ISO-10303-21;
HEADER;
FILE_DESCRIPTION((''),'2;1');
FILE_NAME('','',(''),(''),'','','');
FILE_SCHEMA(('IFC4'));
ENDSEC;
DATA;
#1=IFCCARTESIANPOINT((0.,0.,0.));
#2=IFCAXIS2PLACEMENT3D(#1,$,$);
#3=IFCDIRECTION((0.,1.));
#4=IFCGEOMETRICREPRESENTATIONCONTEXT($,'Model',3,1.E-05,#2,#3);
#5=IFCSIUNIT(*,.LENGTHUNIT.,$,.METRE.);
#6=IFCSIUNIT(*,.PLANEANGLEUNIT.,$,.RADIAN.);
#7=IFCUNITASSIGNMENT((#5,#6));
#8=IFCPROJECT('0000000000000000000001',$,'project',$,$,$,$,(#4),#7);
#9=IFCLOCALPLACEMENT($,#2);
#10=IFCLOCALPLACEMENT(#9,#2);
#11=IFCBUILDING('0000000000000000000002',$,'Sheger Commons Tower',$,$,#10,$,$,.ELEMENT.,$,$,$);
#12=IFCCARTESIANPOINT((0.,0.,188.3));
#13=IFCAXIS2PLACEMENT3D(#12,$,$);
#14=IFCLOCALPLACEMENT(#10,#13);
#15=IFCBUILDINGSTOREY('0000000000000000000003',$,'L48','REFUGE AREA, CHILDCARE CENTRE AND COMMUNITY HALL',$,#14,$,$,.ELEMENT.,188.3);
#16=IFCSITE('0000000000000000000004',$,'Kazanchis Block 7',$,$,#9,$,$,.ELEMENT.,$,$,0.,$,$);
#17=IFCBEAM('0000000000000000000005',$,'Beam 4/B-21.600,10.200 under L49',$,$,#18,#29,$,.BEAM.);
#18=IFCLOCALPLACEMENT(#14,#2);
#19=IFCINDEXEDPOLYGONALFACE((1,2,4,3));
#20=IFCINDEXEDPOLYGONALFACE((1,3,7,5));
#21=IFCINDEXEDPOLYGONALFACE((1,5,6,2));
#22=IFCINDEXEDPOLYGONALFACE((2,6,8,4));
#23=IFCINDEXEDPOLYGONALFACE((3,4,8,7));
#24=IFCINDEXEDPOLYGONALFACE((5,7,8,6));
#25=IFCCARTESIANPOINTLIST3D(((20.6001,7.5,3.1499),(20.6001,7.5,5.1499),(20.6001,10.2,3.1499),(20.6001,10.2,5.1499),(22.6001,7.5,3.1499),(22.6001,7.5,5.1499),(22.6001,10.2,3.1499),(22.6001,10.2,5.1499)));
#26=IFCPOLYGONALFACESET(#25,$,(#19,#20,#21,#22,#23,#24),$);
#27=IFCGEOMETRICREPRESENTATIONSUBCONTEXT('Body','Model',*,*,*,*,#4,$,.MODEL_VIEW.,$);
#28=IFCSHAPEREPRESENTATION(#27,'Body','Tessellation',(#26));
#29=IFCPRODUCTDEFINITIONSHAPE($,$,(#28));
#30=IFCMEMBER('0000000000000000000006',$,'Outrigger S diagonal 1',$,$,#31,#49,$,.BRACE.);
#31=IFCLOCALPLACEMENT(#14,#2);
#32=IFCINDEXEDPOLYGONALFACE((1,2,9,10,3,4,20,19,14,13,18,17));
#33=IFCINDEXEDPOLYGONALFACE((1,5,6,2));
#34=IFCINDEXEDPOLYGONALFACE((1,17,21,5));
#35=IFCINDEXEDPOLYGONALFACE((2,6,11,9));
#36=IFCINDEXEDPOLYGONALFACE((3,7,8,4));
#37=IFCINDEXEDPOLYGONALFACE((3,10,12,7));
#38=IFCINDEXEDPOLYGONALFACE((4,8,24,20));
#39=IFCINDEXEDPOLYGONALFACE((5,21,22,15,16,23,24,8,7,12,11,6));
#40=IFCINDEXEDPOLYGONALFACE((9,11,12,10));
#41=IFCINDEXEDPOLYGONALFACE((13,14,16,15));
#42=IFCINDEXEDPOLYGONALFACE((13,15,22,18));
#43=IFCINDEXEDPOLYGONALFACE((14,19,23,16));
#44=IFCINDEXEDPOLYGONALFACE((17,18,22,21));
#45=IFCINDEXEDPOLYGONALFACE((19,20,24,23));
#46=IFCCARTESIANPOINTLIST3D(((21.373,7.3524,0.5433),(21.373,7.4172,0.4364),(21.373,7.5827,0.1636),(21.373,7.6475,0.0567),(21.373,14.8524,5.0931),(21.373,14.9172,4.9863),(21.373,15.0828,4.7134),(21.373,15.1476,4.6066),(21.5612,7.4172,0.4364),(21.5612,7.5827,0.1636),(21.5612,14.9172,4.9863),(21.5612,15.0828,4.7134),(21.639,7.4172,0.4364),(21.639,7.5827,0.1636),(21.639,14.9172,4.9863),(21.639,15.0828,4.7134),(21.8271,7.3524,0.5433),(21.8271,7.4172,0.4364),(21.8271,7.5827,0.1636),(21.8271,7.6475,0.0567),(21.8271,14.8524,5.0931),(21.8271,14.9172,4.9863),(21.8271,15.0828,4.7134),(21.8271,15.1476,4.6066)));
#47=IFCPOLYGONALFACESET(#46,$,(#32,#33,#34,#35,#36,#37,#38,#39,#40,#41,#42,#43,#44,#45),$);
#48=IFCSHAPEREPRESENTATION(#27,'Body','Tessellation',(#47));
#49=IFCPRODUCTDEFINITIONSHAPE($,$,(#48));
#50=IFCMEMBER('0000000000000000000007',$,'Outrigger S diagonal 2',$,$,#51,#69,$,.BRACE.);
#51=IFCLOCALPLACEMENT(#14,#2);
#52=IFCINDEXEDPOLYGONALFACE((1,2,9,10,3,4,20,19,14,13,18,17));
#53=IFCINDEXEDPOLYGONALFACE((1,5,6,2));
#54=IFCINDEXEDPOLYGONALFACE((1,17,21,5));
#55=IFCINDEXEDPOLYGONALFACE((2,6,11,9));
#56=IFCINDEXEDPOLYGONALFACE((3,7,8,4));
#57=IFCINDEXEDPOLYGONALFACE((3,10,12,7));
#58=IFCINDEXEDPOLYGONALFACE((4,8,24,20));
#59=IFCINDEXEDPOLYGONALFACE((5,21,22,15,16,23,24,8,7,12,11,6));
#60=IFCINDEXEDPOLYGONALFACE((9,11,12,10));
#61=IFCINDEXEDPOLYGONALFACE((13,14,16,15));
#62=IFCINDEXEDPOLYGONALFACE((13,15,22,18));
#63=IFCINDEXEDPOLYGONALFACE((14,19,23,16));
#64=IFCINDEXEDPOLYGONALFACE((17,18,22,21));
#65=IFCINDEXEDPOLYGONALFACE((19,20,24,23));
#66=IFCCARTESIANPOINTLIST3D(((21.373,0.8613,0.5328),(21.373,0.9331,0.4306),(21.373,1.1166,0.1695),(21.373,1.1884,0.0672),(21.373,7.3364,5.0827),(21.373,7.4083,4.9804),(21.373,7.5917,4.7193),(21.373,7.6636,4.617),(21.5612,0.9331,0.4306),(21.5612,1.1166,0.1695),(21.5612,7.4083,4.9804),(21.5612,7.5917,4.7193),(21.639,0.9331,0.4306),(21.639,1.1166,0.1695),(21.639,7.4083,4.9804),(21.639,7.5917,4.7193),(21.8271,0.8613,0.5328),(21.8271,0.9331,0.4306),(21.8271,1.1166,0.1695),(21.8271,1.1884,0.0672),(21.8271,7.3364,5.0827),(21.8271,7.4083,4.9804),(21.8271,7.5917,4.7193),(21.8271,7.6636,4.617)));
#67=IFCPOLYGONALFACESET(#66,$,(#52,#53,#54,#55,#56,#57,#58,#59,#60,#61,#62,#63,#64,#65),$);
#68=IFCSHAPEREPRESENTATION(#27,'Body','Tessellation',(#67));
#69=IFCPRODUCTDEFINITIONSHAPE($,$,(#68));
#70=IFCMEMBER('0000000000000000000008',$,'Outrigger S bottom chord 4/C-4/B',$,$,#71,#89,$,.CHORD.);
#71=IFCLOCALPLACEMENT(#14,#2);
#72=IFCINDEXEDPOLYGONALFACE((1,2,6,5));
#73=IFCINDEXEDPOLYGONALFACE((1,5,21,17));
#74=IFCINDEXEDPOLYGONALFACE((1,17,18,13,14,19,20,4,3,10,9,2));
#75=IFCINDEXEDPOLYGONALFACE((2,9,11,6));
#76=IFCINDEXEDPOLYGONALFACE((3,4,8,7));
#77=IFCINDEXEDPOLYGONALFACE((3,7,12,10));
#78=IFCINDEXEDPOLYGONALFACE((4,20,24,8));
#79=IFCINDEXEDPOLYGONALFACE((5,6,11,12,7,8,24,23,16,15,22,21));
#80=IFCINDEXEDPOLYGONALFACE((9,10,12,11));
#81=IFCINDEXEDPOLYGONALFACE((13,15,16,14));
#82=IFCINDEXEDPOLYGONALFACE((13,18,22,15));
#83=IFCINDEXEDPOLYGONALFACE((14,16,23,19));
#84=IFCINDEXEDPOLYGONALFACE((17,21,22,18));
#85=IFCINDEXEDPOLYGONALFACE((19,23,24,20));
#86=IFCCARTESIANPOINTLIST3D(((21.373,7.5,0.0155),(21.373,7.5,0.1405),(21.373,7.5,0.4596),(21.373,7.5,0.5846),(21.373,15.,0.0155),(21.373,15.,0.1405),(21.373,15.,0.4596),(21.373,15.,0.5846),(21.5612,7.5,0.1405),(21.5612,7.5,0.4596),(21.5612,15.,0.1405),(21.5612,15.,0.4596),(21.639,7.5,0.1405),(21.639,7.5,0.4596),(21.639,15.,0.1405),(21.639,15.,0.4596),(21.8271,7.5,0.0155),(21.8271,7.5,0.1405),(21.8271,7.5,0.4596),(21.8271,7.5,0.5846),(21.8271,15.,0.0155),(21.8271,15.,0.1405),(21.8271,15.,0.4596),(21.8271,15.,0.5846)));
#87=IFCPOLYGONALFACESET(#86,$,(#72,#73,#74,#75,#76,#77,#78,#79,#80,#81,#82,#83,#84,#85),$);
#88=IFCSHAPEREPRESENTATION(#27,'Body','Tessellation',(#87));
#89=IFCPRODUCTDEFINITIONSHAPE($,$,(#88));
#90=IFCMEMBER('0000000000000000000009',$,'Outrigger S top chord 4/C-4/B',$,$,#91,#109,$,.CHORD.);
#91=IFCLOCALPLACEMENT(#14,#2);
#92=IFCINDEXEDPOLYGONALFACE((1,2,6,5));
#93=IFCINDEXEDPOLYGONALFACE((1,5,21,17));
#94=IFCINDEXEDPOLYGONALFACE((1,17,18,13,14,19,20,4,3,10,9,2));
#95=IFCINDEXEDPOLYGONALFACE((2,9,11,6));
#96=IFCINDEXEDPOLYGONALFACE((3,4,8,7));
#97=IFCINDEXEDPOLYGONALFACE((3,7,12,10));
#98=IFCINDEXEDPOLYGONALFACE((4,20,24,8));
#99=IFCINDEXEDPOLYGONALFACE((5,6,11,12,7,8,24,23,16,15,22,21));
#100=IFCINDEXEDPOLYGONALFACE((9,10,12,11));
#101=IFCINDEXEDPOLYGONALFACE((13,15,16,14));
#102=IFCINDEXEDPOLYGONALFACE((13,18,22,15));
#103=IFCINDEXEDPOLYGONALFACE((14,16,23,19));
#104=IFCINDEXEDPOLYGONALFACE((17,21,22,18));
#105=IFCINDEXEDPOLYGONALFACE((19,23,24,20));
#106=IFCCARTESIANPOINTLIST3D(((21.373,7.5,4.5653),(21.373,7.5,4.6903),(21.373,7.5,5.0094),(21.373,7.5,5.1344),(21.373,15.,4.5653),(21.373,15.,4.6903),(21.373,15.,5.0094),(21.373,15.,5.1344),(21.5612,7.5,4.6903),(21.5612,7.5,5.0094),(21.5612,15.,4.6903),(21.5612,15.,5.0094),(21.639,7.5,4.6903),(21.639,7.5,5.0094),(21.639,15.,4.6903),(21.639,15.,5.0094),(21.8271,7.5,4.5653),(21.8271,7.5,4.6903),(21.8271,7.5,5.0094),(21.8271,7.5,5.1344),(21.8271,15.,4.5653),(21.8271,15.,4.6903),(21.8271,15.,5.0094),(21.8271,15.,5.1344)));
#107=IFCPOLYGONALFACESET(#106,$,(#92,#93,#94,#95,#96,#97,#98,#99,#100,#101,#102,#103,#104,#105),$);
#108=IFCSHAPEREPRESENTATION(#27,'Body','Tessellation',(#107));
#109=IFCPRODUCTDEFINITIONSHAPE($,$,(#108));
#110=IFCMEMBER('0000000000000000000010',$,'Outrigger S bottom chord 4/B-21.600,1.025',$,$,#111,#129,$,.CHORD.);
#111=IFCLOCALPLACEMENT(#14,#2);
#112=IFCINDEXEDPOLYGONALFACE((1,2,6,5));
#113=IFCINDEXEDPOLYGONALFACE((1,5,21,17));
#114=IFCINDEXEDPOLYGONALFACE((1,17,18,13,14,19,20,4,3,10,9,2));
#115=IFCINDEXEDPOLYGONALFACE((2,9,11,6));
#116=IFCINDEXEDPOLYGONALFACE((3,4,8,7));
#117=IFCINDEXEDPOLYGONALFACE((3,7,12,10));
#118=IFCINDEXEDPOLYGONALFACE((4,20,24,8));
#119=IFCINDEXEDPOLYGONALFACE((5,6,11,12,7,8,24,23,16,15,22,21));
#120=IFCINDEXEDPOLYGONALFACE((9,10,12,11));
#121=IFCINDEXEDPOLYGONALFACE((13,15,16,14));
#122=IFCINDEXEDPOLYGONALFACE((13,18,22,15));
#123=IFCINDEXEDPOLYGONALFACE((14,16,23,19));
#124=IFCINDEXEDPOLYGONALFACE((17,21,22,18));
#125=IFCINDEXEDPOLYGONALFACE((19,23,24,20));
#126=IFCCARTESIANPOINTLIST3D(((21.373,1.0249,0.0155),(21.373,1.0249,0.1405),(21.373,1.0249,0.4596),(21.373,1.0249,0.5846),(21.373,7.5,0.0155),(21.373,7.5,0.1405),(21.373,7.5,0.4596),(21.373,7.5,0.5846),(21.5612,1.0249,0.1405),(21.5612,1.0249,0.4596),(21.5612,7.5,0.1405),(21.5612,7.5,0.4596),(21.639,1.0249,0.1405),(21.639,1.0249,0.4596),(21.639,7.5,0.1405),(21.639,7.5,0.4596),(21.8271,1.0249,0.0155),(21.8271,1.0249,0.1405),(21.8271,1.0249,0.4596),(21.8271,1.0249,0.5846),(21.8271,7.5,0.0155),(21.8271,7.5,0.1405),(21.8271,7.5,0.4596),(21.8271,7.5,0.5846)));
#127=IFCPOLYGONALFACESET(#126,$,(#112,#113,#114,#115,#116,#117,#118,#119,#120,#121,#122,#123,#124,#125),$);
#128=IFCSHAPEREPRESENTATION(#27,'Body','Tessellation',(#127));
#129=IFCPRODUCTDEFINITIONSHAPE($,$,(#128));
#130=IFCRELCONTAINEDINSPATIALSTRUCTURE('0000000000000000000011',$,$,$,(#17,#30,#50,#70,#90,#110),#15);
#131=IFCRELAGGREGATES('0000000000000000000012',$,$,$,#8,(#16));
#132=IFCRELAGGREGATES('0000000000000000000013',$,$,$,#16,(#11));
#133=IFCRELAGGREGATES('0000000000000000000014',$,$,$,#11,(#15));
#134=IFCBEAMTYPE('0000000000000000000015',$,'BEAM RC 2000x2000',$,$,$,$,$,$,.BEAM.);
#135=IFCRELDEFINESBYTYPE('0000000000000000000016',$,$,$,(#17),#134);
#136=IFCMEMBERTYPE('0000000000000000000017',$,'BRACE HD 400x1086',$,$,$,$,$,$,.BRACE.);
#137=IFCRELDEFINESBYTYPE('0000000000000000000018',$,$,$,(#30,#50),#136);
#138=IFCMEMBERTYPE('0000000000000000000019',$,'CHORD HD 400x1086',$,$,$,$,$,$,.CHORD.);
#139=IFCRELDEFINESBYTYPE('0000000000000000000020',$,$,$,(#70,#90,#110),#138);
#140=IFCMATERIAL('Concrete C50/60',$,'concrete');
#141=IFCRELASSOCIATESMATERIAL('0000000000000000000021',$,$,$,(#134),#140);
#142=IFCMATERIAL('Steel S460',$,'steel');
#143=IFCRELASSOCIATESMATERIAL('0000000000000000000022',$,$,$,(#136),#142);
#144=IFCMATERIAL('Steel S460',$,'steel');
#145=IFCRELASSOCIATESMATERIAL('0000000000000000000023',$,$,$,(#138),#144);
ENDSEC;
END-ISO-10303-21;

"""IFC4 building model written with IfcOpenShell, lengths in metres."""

from ifc_helpers import new_model, si_unit, direction, frame, origin, origin_2d, place, context, subcontext, project, spatial, rectangle, i_section, extrude, material, material_profile, profile_set, type_object, element, save


model = new_model("IFC4")

# Units and contexts
model_context = context("Model", 3, precision=1e-05, world=origin(), true_north=direction((0.0, 1.0)))
body_context = subcontext(model_context, "Body", "Model", "MODEL_VIEW")
ifc_project = project(units=[si_unit("LENGTHUNIT", "METRE"), si_unit("PLANEANGLEUNIT", "RADIAN")], contexts=[model_context])

# Site, building, storey
site_placement = place(None, origin())
site = spatial("IfcSite", under=ifc_project, at=site_placement, Name="Kazanchis Block 7", CompositionType="ELEMENT", RefElevation=0.0)
building_placement = place(site_placement, origin())
building = spatial("IfcBuilding", under=site, at=building_placement, Name="Sheger Commons Tower", CompositionType="ELEMENT")
storey_placement = place(building_placement, frame((0.0, 0.0, 188.3)))
storey = spatial("IfcBuildingStorey", under=building, at=storey_placement, Name="L48", Description="REFUGE AREA, CHILDCARE CENTRE AND COMMUNITY HALL", CompositionType="ELEMENT", Elevation=188.3)

# Beam
ifc_material_1 = material(Name="Concrete C50/60", Category="concrete")
ifc_material_profile_1 = material_profile(ifc_material_1, rectangle(XDim=2.0, YDim=2.0, at=origin_2d()), Name="RC 2000x2000")
ifc_profile_set_1 = profile_set([ifc_material_profile_1], Name="Concrete C50/60")
beam_type = type_object("IfcBeamType", Name="BEAM RC 2000x2000", PredefinedType="BEAM", material=ifc_profile_set_1)
beam_placement = place(storey_placement, frame((21.6001, 7.5, 4.1499), z_axis=(0.0, 1.0, 0.0), x_axis=(-1.0, 0.0, 0.0)))
element("IfcBeam", 1, at=beam_placement, inside=storey, type_object=beam_type, Name="Beam 4/B-21.600,10.200 under L49", PredefinedType="BEAM", context=body_context, shape_type="SweptSolid", body=[
    extrude(rectangle(XDim=2.0, YDim=2.0, at=origin_2d()), origin(), (0.0, 0.0, 1.0), 2.7),
])

# Members
ifc_material_2 = material(Name="Steel S460", Category="steel")
ifc_material_profile_2 = material_profile(ifc_material_2, i_section(OverallWidth=0.4541, OverallDepth=0.5691, WebThickness=0.0779, FlangeThickness=0.125, at=origin_2d()), Name="HD 400x1086")
ifc_profile_set_2 = profile_set([ifc_material_profile_2], Name="Steel S460")
member_type_1 = type_object("IfcMemberType", Name="BRACE HD 400x1086", PredefinedType="BRACE", material=ifc_profile_set_2)
member_1_placement = place(storey_placement, frame((21.6001, 15.0, 4.8499), z_axis=(0.0, -0.854978, -0.518664), x_axis=(1.0, 0.0, 0.0)))
element("IfcMember", 2, at=member_1_placement, inside=storey, type_object=member_type_1, Name="Outrigger S diagonal 1", PredefinedType="BRACE", context=body_context, shape_type="SweptSolid", body=[
    extrude(i_section(OverallWidth=0.4541, OverallDepth=0.5691, WebThickness=0.0779, FlangeThickness=0.125, at=origin_2d()), origin(), (0.0, 0.0, 1.0), 8.7722),
])
member_2_placement = place(storey_placement, frame((21.6001, 7.5, 4.8499), z_axis=(0.0, -0.818207, -0.574923), x_axis=(1.0, 0.0, 0.0)))
element("IfcMember", 3, at=member_2_placement, inside=storey, type_object=member_type_1, Name="Outrigger S diagonal 2", PredefinedType="BRACE", context=body_context, shape_type="SweptSolid", body=[
    extrude(i_section(OverallWidth=0.4541, OverallDepth=0.5691, WebThickness=0.0779, FlangeThickness=0.125, at=origin_2d()), origin(), (0.0, 0.0, 1.0), 7.9138),
])
ifc_material_3 = material(Name="Steel S460", Category="steel")
ifc_material_profile_3 = material_profile(ifc_material_3, i_section(OverallWidth=0.4541, OverallDepth=0.5691, WebThickness=0.0779, FlangeThickness=0.125, at=origin_2d()), Name="HD 400x1086")
ifc_profile_set_3 = profile_set([ifc_material_profile_3], Name="Steel S460")
member_type_2 = type_object("IfcMemberType", Name="CHORD HD 400x1086", PredefinedType="CHORD", material=ifc_profile_set_3)
for number, where, z_axis, x_axis, name in (
    (4, (21.6001, 15.0, 0.3), (0.0, -1.0, 0.0), (1.0, 0.0, 0.0), "Outrigger S bottom chord 4/C-4/B"),
    (5, (21.6001, 15.0, 4.8499), (0.0, -1.0, 0.0), (1.0, 0.0, 0.0), "Outrigger S top chord 4/C-4/B"),
):
    element("IfcMember", number, at=place(storey_placement, frame(where, z_axis=z_axis, x_axis=x_axis)), inside=storey, type_object=member_type_2, Name=name, PredefinedType="CHORD", context=body_context, shape_type="SweptSolid", body=[
        extrude(i_section(OverallWidth=0.4541, OverallDepth=0.5691, WebThickness=0.0779, FlangeThickness=0.125, at=origin_2d()), origin(), (0.0, 0.0, 1.0), 7.5),
    ])
member_3_placement = place(storey_placement, frame((21.6001, 7.5, 0.3), z_axis=(0.0, -1.0, 0.0), x_axis=(1.0, 0.0, 0.0)))
element("IfcMember", 6, at=member_3_placement, inside=storey, type_object=member_type_2, Name="Outrigger S bottom chord 4/B-21.600,1.025", PredefinedType="CHORD", context=body_context, shape_type="SweptSolid", body=[
    extrude(i_section(OverallWidth=0.4541, OverallDepth=0.5691, WebThickness=0.0779, FlangeThickness=0.125, at=origin_2d()), origin(), (0.0, 0.0, 1.0), 6.4751),
])

save(model, "model.ifc")
